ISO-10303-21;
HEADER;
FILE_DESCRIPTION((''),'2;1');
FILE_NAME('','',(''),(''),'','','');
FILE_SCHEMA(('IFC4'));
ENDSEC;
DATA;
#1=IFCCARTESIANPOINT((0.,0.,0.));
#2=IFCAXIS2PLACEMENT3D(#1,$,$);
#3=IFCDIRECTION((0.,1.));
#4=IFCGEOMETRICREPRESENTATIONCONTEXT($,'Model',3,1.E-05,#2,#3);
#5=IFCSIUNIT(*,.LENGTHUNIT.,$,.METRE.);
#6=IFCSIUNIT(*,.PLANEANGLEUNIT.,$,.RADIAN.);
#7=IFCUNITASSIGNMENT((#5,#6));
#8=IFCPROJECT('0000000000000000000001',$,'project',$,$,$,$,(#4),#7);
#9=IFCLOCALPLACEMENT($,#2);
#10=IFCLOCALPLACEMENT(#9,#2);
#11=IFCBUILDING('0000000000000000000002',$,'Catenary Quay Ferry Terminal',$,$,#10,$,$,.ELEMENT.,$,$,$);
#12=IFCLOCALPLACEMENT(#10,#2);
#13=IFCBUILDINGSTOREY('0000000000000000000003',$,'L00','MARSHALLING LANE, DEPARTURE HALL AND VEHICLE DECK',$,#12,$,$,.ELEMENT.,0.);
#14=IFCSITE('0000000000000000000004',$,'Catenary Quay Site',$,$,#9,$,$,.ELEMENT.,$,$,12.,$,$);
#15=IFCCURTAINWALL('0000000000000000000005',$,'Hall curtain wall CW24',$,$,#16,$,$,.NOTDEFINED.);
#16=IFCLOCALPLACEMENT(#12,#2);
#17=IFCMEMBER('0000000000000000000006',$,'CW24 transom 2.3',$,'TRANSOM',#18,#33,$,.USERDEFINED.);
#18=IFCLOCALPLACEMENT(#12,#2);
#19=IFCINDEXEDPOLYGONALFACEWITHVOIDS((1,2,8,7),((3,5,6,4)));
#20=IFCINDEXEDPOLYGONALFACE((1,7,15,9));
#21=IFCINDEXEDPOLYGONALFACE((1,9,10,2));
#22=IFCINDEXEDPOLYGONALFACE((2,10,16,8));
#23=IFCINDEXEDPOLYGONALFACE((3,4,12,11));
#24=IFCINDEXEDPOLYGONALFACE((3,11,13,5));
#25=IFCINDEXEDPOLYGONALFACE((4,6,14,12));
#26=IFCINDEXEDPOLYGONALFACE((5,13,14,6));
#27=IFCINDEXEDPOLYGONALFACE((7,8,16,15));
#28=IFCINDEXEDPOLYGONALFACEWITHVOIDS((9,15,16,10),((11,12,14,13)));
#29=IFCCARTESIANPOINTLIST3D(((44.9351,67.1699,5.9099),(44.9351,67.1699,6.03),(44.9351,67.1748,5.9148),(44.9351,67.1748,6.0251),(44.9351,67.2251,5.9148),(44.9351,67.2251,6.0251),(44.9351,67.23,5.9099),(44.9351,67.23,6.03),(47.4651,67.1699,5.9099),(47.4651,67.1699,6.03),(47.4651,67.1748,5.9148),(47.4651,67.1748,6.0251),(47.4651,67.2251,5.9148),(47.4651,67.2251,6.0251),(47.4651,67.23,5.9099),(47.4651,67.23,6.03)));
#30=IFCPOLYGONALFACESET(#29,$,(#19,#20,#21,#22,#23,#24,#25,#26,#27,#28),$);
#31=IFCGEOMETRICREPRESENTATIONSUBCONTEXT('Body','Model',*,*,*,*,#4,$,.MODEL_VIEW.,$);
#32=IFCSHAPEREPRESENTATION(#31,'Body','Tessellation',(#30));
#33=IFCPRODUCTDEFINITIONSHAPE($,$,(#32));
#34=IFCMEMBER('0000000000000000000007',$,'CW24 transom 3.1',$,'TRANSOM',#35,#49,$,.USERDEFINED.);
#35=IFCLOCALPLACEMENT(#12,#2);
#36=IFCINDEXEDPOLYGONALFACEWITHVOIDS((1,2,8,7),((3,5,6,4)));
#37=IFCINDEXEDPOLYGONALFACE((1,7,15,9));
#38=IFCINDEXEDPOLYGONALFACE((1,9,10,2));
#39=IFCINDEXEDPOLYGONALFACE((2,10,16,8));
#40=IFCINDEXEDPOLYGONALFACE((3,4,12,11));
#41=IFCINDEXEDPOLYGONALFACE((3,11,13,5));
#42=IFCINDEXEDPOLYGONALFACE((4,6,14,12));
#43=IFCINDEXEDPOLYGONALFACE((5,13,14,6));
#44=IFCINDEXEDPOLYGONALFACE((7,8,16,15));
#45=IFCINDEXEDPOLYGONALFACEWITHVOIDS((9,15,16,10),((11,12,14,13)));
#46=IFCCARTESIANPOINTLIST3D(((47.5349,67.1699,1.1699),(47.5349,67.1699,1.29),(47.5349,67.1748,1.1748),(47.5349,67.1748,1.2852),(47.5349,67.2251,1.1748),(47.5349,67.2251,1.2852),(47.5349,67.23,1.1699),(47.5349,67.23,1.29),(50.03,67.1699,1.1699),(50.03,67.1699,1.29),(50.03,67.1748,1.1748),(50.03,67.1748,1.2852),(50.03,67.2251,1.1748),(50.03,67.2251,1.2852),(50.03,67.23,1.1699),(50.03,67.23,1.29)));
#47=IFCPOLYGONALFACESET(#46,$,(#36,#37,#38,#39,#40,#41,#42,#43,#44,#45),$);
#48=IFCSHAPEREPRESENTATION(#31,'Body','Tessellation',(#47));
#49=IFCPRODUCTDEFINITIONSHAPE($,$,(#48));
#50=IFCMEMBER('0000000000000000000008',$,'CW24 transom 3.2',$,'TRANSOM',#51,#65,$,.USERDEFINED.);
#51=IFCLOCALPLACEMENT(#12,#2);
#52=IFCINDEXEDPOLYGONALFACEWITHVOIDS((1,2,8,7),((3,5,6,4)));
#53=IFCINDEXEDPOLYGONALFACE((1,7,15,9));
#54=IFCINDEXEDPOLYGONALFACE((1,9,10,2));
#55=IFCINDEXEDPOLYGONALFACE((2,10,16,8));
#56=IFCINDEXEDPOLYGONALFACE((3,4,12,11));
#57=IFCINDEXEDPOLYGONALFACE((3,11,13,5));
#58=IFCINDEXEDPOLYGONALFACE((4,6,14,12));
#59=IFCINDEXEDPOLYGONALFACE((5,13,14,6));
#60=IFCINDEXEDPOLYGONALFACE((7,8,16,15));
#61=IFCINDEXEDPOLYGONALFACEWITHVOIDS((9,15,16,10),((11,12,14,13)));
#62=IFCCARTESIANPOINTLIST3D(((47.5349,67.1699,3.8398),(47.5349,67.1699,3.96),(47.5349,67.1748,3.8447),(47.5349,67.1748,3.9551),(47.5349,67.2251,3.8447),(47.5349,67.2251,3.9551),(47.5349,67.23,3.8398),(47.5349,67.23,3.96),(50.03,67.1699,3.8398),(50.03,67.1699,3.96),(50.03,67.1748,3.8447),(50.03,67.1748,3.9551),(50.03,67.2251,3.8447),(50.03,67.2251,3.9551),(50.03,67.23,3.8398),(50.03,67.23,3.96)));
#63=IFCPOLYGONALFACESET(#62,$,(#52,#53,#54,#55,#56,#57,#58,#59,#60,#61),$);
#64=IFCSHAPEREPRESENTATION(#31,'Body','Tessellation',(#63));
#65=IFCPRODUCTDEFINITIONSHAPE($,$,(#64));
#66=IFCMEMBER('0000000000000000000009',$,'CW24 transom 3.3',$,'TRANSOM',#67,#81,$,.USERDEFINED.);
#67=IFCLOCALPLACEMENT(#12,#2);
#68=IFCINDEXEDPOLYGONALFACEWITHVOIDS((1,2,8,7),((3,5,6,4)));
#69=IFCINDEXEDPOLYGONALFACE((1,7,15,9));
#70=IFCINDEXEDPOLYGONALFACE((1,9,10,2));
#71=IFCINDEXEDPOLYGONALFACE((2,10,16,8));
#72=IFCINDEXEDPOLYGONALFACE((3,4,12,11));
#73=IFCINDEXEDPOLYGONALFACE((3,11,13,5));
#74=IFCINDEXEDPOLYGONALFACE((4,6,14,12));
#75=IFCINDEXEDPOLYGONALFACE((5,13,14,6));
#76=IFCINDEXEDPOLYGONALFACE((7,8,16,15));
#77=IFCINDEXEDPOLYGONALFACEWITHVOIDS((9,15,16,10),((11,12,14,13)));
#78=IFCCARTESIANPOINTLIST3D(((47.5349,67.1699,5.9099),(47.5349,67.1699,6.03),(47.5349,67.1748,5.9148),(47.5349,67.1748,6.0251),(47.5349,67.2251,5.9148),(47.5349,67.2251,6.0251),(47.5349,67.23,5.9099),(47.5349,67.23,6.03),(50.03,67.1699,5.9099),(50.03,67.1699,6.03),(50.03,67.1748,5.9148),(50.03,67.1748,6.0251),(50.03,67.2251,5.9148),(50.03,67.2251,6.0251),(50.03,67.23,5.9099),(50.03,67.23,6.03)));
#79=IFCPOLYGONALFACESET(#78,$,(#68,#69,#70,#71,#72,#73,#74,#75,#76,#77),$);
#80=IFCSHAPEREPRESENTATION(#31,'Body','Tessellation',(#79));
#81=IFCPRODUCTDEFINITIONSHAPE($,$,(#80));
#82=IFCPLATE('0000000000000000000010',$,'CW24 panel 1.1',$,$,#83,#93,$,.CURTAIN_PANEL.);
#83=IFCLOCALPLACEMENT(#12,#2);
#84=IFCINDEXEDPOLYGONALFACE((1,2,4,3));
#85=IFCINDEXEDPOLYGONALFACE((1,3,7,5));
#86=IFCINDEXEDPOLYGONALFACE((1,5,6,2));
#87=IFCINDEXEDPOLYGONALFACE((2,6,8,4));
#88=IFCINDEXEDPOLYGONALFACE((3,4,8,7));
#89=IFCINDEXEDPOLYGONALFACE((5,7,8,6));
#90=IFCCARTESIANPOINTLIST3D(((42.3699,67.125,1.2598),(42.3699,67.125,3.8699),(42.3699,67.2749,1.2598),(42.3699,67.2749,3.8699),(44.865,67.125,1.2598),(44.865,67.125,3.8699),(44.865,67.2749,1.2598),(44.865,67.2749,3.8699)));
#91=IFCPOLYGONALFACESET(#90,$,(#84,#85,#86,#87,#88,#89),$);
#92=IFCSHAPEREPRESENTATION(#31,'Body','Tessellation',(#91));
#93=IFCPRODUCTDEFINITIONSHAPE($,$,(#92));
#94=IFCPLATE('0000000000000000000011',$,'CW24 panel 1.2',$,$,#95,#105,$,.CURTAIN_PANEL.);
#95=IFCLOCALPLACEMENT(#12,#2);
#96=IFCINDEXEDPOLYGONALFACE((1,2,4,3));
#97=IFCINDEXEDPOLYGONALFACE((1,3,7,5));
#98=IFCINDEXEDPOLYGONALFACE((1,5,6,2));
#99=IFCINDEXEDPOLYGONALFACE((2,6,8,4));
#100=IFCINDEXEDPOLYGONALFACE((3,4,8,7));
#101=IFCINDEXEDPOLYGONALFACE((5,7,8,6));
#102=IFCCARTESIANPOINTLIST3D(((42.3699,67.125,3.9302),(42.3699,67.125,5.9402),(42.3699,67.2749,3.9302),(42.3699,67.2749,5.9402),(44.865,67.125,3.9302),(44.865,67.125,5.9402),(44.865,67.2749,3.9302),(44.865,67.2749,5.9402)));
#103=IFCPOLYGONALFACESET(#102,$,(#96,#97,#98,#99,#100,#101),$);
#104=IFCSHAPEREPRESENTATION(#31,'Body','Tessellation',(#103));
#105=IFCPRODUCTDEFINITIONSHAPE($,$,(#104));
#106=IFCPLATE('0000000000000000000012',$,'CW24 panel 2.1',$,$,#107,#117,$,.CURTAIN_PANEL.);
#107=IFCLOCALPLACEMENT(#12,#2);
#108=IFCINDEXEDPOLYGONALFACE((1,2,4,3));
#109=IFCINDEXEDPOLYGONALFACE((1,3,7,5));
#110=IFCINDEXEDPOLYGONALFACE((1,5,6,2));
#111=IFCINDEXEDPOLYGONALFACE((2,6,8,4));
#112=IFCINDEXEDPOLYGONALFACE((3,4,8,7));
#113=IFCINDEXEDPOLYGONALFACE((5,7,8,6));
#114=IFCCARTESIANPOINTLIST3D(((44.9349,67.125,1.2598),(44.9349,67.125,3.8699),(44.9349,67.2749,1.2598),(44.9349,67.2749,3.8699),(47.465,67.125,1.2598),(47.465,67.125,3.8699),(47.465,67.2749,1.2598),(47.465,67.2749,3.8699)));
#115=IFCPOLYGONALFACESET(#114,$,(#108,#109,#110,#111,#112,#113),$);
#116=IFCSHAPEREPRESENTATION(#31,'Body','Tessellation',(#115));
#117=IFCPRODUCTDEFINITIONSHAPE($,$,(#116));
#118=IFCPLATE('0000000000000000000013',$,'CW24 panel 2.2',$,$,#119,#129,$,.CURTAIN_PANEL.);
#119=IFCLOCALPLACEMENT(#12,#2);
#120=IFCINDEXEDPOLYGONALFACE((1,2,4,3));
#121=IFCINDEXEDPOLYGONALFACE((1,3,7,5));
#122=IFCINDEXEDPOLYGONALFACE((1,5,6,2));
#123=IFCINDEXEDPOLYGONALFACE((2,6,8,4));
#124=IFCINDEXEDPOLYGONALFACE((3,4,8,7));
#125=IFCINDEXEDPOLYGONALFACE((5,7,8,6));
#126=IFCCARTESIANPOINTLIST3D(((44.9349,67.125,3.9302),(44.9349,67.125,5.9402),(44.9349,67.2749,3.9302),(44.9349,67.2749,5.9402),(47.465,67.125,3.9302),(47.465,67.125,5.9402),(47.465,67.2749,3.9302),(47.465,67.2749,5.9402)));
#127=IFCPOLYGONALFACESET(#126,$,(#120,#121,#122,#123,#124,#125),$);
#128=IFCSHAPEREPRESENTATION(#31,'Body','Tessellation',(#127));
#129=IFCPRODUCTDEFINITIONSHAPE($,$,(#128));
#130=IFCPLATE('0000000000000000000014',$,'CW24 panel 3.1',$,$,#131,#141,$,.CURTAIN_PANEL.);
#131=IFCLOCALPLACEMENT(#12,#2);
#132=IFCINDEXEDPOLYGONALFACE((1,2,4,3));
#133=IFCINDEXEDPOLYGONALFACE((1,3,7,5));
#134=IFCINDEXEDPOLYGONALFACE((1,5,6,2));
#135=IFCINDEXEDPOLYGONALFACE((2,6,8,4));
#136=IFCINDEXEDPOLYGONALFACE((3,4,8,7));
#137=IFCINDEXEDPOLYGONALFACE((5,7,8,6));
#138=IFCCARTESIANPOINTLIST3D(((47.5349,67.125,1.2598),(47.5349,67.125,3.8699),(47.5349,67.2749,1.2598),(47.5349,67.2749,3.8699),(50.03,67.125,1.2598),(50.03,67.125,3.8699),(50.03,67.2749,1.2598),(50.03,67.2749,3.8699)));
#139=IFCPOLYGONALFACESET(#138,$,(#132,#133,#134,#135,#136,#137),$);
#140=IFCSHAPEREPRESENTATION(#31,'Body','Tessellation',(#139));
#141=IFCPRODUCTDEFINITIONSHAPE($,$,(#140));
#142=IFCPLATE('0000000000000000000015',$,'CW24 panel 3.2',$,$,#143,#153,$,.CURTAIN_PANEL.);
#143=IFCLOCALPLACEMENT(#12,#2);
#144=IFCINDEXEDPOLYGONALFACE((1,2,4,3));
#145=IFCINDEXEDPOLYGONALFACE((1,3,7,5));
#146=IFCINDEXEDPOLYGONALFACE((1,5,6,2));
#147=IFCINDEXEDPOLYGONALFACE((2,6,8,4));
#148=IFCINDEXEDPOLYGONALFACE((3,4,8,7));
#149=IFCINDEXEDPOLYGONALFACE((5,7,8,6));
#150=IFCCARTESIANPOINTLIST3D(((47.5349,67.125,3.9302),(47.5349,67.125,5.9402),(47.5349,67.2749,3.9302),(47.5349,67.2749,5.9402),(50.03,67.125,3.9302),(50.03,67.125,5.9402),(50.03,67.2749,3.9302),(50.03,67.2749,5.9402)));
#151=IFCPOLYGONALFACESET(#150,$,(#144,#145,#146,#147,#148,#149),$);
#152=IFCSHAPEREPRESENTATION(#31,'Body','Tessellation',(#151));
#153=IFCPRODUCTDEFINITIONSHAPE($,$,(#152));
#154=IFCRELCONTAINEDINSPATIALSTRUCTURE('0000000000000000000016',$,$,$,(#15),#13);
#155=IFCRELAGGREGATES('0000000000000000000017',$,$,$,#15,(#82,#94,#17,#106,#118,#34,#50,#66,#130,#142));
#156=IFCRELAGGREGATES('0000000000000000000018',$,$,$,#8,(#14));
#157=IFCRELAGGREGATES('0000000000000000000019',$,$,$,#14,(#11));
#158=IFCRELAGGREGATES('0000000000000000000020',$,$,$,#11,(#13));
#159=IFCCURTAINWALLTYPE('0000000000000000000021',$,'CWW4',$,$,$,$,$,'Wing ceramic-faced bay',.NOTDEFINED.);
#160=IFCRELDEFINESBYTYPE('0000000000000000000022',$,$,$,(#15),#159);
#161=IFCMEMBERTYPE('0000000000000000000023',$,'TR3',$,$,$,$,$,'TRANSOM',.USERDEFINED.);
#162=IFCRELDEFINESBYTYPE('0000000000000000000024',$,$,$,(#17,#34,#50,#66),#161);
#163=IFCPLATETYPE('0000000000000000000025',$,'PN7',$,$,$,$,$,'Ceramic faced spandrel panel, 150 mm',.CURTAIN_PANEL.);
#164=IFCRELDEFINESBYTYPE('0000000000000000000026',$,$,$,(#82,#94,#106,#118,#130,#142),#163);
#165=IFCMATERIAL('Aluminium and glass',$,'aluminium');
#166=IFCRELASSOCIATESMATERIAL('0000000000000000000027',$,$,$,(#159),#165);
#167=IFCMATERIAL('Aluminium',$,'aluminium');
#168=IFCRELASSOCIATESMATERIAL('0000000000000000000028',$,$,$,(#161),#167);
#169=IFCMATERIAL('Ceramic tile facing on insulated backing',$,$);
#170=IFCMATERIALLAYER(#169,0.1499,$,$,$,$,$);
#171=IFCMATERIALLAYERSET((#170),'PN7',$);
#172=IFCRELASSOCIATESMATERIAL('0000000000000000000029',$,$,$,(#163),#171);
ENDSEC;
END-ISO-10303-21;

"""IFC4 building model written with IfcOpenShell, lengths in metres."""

from ifc_helpers import new_model, si_unit, direction, frame, origin, origin_2d, place, context, subcontext, project, spatial, rectangle, hollow_rectangle, extrude, material, layer, layer_set, material_profile, profile_set, type_object, element, aggregate, save


model = new_model("IFC4")

# Units and contexts
model_context = context("Model", 3, precision=1e-05, world=origin(), true_north=direction((0.0, 1.0)))
body_context = subcontext(model_context, "Body", "Model", "MODEL_VIEW")
ifc_project = project(units=[si_unit("LENGTHUNIT", "METRE"), si_unit("PLANEANGLEUNIT", "RADIAN")], contexts=[model_context])

# Site, building, storey
site_placement = place(None, origin())
site = spatial("IfcSite", under=ifc_project, at=site_placement, Name="Catenary Quay Site", CompositionType="ELEMENT", RefElevation=12.0)
building_placement = place(site_placement, origin())
building = spatial("IfcBuilding", under=site, at=building_placement, Name="Catenary Quay Ferry Terminal", CompositionType="ELEMENT")
storey_placement = place(building_placement, origin())
storey = spatial("IfcBuildingStorey", under=building, at=storey_placement, Name="L00", Description="MARSHALLING LANE, DEPARTURE HALL AND VEHICLE DECK", CompositionType="ELEMENT", Elevation=0.0)

# Curtain wall, members, plates
ifc_material_1 = material(Name="Aluminium and glass", Category="aluminium")
curtain_wall_type = type_object("IfcCurtainWallType", Name="CWW4", ElementType="Wing ceramic-faced bay", PredefinedType="NOTDEFINED", material=ifc_material_1)
curtain_wall_placement = place(storey_placement, origin())
curtain_wall = element("IfcCurtainWall", 1, at=curtain_wall_placement, inside=storey, type_object=curtain_wall_type, Name="Hall curtain wall CW24", PredefinedType="NOTDEFINED")
ifc_material_2 = material(Name="Aluminium", Category="aluminium")
ifc_material_profile_1 = material_profile(ifc_material_2, hollow_rectangle(XDim=0.0601, YDim=0.1201, WallThickness=0.0049, at=origin_2d()), Name="TR3")
ifc_profile_set_1 = profile_set([ifc_material_profile_1], Name="Aluminium")
member_type_1 = type_object("IfcMemberType", Name="TR3", ElementType="TRANSOM", PredefinedType="USERDEFINED", material=ifc_profile_set_1)
member_1_placement = place(storey_placement, frame((44.9351, 67.2, 5.97), z_axis=(1.0, 0.0, 0.0), x_axis=(0.0, 1.0, 0.0)))
member_1 = element("IfcMember", 2, at=member_1_placement, type_object=member_type_1, Name="CW24 transom 2.3", ObjectType="TRANSOM", PredefinedType="USERDEFINED", context=body_context, shape_type="SweptSolid", body=[
    extrude(hollow_rectangle(XDim=0.0601, YDim=0.1201, WallThickness=0.0049, at=origin_2d()), origin(), (0.0, 0.0, 1.0), 2.53),
])
member_2_placement = place(storey_placement, frame((47.5349, 67.2, 1.23), z_axis=(1.0, 0.0, 0.0), x_axis=(0.0, 1.0, 0.0)))
member_2 = element("IfcMember", 3, at=member_2_placement, type_object=member_type_1, Name="CW24 transom 3.1", ObjectType="TRANSOM", PredefinedType="USERDEFINED", context=body_context, shape_type="SweptSolid", body=[
    extrude(hollow_rectangle(XDim=0.0601, YDim=0.1201, WallThickness=0.0049, at=origin_2d()), origin(), (0.0, 0.0, 1.0), 2.4951),
])
member_3_placement = place(storey_placement, frame((47.5349, 67.2, 3.8999), z_axis=(1.0, 0.0, 0.0), x_axis=(0.0, 1.0, 0.0)))
member_3 = element("IfcMember", 4, at=member_3_placement, type_object=member_type_1, Name="CW24 transom 3.2", ObjectType="TRANSOM", PredefinedType="USERDEFINED", context=body_context, shape_type="SweptSolid", body=[
    extrude(hollow_rectangle(XDim=0.0601, YDim=0.1201, WallThickness=0.0049, at=origin_2d()), origin(), (0.0, 0.0, 1.0), 2.4951),
])
member_4_placement = place(storey_placement, frame((47.5349, 67.2, 5.97), z_axis=(1.0, 0.0, 0.0), x_axis=(0.0, 1.0, 0.0)))
member_4 = element("IfcMember", 5, at=member_4_placement, type_object=member_type_1, Name="CW24 transom 3.3", ObjectType="TRANSOM", PredefinedType="USERDEFINED", context=body_context, shape_type="SweptSolid", body=[
    extrude(hollow_rectangle(XDim=0.0601, YDim=0.1201, WallThickness=0.0049, at=origin_2d()), origin(), (0.0, 0.0, 1.0), 2.4951),
])
ifc_material_3 = material(Name="Ceramic tile facing on insulated backing")
ifc_layer = layer(ifc_material_3, 0.1499)
ifc_layer_set = layer_set([ifc_layer], Name="PN7")
plate_type = type_object("IfcPlateType", Name="PN7", ElementType="Ceramic faced spandrel panel, 150 mm", PredefinedType="CURTAIN_PANEL", material=ifc_layer_set)
plate_1_placement = place(storey_placement, frame((43.6174, 67.2, 1.2598), z_axis=(0.0, 0.0, 1.0), x_axis=(1.0, 0.0, 0.0)))
plate_1 = element("IfcPlate", 6, at=plate_1_placement, type_object=plate_type, Name="CW24 panel 1.1", PredefinedType="CURTAIN_PANEL", context=body_context, shape_type="SweptSolid", body=[
    extrude(rectangle(XDim=2.4951, YDim=0.1499, at=origin_2d()), origin(), (0.0, 0.0, 1.0), 2.6101),
])
plate_2_placement = place(storey_placement, frame((43.6174, 67.2, 3.9302), z_axis=(0.0, 0.0, 1.0), x_axis=(1.0, 0.0, 0.0)))
plate_2 = element("IfcPlate", 7, at=plate_2_placement, type_object=plate_type, Name="CW24 panel 1.2", PredefinedType="CURTAIN_PANEL", context=body_context, shape_type="SweptSolid", body=[
    extrude(rectangle(XDim=2.4951, YDim=0.1499, at=origin_2d()), origin(), (0.0, 0.0, 1.0), 2.01),
])
plate_3_placement = place(storey_placement, frame((46.2, 67.2, 1.2598), z_axis=(0.0, 0.0, 1.0), x_axis=(1.0, 0.0, 0.0)))
plate_3 = element("IfcPlate", 8, at=plate_3_placement, type_object=plate_type, Name="CW24 panel 2.1", PredefinedType="CURTAIN_PANEL", context=body_context, shape_type="SweptSolid", body=[
    extrude(rectangle(XDim=2.53, YDim=0.1499, at=origin_2d()), origin(), (0.0, 0.0, 1.0), 2.6101),
])
plate_4_placement = place(storey_placement, frame((46.2, 67.2, 3.9302), z_axis=(0.0, 0.0, 1.0), x_axis=(1.0, 0.0, 0.0)))
plate_4 = element("IfcPlate", 9, at=plate_4_placement, type_object=plate_type, Name="CW24 panel 2.2", PredefinedType="CURTAIN_PANEL", context=body_context, shape_type="SweptSolid", body=[
    extrude(rectangle(XDim=2.53, YDim=0.1499, at=origin_2d()), origin(), (0.0, 0.0, 1.0), 2.01),
])
plate_5_placement = place(storey_placement, frame((48.7825, 67.2, 1.2598), z_axis=(0.0, 0.0, 1.0), x_axis=(1.0, 0.0, 0.0)))
plate_5 = element("IfcPlate", 10, at=plate_5_placement, type_object=plate_type, Name="CW24 panel 3.1", PredefinedType="CURTAIN_PANEL", context=body_context, shape_type="SweptSolid", body=[
    extrude(rectangle(XDim=2.4951, YDim=0.1499, at=origin_2d()), origin(), (0.0, 0.0, 1.0), 2.6101),
])
plate_6_placement = place(storey_placement, frame((48.7825, 67.2, 3.9302), z_axis=(0.0, 0.0, 1.0), x_axis=(1.0, 0.0, 0.0)))
plate_6 = element("IfcPlate", 11, at=plate_6_placement, type_object=plate_type, Name="CW24 panel 3.2", PredefinedType="CURTAIN_PANEL", context=body_context, shape_type="SweptSolid", body=[
    extrude(rectangle(XDim=2.4951, YDim=0.1499, at=origin_2d()), origin(), (0.0, 0.0, 1.0), 2.01),
])
aggregate(curtain_wall, [plate_1, plate_2, member_1, plate_3, plate_4, member_2, member_3, member_4, plate_5, plate_6])

save(model, "model.ifc")
